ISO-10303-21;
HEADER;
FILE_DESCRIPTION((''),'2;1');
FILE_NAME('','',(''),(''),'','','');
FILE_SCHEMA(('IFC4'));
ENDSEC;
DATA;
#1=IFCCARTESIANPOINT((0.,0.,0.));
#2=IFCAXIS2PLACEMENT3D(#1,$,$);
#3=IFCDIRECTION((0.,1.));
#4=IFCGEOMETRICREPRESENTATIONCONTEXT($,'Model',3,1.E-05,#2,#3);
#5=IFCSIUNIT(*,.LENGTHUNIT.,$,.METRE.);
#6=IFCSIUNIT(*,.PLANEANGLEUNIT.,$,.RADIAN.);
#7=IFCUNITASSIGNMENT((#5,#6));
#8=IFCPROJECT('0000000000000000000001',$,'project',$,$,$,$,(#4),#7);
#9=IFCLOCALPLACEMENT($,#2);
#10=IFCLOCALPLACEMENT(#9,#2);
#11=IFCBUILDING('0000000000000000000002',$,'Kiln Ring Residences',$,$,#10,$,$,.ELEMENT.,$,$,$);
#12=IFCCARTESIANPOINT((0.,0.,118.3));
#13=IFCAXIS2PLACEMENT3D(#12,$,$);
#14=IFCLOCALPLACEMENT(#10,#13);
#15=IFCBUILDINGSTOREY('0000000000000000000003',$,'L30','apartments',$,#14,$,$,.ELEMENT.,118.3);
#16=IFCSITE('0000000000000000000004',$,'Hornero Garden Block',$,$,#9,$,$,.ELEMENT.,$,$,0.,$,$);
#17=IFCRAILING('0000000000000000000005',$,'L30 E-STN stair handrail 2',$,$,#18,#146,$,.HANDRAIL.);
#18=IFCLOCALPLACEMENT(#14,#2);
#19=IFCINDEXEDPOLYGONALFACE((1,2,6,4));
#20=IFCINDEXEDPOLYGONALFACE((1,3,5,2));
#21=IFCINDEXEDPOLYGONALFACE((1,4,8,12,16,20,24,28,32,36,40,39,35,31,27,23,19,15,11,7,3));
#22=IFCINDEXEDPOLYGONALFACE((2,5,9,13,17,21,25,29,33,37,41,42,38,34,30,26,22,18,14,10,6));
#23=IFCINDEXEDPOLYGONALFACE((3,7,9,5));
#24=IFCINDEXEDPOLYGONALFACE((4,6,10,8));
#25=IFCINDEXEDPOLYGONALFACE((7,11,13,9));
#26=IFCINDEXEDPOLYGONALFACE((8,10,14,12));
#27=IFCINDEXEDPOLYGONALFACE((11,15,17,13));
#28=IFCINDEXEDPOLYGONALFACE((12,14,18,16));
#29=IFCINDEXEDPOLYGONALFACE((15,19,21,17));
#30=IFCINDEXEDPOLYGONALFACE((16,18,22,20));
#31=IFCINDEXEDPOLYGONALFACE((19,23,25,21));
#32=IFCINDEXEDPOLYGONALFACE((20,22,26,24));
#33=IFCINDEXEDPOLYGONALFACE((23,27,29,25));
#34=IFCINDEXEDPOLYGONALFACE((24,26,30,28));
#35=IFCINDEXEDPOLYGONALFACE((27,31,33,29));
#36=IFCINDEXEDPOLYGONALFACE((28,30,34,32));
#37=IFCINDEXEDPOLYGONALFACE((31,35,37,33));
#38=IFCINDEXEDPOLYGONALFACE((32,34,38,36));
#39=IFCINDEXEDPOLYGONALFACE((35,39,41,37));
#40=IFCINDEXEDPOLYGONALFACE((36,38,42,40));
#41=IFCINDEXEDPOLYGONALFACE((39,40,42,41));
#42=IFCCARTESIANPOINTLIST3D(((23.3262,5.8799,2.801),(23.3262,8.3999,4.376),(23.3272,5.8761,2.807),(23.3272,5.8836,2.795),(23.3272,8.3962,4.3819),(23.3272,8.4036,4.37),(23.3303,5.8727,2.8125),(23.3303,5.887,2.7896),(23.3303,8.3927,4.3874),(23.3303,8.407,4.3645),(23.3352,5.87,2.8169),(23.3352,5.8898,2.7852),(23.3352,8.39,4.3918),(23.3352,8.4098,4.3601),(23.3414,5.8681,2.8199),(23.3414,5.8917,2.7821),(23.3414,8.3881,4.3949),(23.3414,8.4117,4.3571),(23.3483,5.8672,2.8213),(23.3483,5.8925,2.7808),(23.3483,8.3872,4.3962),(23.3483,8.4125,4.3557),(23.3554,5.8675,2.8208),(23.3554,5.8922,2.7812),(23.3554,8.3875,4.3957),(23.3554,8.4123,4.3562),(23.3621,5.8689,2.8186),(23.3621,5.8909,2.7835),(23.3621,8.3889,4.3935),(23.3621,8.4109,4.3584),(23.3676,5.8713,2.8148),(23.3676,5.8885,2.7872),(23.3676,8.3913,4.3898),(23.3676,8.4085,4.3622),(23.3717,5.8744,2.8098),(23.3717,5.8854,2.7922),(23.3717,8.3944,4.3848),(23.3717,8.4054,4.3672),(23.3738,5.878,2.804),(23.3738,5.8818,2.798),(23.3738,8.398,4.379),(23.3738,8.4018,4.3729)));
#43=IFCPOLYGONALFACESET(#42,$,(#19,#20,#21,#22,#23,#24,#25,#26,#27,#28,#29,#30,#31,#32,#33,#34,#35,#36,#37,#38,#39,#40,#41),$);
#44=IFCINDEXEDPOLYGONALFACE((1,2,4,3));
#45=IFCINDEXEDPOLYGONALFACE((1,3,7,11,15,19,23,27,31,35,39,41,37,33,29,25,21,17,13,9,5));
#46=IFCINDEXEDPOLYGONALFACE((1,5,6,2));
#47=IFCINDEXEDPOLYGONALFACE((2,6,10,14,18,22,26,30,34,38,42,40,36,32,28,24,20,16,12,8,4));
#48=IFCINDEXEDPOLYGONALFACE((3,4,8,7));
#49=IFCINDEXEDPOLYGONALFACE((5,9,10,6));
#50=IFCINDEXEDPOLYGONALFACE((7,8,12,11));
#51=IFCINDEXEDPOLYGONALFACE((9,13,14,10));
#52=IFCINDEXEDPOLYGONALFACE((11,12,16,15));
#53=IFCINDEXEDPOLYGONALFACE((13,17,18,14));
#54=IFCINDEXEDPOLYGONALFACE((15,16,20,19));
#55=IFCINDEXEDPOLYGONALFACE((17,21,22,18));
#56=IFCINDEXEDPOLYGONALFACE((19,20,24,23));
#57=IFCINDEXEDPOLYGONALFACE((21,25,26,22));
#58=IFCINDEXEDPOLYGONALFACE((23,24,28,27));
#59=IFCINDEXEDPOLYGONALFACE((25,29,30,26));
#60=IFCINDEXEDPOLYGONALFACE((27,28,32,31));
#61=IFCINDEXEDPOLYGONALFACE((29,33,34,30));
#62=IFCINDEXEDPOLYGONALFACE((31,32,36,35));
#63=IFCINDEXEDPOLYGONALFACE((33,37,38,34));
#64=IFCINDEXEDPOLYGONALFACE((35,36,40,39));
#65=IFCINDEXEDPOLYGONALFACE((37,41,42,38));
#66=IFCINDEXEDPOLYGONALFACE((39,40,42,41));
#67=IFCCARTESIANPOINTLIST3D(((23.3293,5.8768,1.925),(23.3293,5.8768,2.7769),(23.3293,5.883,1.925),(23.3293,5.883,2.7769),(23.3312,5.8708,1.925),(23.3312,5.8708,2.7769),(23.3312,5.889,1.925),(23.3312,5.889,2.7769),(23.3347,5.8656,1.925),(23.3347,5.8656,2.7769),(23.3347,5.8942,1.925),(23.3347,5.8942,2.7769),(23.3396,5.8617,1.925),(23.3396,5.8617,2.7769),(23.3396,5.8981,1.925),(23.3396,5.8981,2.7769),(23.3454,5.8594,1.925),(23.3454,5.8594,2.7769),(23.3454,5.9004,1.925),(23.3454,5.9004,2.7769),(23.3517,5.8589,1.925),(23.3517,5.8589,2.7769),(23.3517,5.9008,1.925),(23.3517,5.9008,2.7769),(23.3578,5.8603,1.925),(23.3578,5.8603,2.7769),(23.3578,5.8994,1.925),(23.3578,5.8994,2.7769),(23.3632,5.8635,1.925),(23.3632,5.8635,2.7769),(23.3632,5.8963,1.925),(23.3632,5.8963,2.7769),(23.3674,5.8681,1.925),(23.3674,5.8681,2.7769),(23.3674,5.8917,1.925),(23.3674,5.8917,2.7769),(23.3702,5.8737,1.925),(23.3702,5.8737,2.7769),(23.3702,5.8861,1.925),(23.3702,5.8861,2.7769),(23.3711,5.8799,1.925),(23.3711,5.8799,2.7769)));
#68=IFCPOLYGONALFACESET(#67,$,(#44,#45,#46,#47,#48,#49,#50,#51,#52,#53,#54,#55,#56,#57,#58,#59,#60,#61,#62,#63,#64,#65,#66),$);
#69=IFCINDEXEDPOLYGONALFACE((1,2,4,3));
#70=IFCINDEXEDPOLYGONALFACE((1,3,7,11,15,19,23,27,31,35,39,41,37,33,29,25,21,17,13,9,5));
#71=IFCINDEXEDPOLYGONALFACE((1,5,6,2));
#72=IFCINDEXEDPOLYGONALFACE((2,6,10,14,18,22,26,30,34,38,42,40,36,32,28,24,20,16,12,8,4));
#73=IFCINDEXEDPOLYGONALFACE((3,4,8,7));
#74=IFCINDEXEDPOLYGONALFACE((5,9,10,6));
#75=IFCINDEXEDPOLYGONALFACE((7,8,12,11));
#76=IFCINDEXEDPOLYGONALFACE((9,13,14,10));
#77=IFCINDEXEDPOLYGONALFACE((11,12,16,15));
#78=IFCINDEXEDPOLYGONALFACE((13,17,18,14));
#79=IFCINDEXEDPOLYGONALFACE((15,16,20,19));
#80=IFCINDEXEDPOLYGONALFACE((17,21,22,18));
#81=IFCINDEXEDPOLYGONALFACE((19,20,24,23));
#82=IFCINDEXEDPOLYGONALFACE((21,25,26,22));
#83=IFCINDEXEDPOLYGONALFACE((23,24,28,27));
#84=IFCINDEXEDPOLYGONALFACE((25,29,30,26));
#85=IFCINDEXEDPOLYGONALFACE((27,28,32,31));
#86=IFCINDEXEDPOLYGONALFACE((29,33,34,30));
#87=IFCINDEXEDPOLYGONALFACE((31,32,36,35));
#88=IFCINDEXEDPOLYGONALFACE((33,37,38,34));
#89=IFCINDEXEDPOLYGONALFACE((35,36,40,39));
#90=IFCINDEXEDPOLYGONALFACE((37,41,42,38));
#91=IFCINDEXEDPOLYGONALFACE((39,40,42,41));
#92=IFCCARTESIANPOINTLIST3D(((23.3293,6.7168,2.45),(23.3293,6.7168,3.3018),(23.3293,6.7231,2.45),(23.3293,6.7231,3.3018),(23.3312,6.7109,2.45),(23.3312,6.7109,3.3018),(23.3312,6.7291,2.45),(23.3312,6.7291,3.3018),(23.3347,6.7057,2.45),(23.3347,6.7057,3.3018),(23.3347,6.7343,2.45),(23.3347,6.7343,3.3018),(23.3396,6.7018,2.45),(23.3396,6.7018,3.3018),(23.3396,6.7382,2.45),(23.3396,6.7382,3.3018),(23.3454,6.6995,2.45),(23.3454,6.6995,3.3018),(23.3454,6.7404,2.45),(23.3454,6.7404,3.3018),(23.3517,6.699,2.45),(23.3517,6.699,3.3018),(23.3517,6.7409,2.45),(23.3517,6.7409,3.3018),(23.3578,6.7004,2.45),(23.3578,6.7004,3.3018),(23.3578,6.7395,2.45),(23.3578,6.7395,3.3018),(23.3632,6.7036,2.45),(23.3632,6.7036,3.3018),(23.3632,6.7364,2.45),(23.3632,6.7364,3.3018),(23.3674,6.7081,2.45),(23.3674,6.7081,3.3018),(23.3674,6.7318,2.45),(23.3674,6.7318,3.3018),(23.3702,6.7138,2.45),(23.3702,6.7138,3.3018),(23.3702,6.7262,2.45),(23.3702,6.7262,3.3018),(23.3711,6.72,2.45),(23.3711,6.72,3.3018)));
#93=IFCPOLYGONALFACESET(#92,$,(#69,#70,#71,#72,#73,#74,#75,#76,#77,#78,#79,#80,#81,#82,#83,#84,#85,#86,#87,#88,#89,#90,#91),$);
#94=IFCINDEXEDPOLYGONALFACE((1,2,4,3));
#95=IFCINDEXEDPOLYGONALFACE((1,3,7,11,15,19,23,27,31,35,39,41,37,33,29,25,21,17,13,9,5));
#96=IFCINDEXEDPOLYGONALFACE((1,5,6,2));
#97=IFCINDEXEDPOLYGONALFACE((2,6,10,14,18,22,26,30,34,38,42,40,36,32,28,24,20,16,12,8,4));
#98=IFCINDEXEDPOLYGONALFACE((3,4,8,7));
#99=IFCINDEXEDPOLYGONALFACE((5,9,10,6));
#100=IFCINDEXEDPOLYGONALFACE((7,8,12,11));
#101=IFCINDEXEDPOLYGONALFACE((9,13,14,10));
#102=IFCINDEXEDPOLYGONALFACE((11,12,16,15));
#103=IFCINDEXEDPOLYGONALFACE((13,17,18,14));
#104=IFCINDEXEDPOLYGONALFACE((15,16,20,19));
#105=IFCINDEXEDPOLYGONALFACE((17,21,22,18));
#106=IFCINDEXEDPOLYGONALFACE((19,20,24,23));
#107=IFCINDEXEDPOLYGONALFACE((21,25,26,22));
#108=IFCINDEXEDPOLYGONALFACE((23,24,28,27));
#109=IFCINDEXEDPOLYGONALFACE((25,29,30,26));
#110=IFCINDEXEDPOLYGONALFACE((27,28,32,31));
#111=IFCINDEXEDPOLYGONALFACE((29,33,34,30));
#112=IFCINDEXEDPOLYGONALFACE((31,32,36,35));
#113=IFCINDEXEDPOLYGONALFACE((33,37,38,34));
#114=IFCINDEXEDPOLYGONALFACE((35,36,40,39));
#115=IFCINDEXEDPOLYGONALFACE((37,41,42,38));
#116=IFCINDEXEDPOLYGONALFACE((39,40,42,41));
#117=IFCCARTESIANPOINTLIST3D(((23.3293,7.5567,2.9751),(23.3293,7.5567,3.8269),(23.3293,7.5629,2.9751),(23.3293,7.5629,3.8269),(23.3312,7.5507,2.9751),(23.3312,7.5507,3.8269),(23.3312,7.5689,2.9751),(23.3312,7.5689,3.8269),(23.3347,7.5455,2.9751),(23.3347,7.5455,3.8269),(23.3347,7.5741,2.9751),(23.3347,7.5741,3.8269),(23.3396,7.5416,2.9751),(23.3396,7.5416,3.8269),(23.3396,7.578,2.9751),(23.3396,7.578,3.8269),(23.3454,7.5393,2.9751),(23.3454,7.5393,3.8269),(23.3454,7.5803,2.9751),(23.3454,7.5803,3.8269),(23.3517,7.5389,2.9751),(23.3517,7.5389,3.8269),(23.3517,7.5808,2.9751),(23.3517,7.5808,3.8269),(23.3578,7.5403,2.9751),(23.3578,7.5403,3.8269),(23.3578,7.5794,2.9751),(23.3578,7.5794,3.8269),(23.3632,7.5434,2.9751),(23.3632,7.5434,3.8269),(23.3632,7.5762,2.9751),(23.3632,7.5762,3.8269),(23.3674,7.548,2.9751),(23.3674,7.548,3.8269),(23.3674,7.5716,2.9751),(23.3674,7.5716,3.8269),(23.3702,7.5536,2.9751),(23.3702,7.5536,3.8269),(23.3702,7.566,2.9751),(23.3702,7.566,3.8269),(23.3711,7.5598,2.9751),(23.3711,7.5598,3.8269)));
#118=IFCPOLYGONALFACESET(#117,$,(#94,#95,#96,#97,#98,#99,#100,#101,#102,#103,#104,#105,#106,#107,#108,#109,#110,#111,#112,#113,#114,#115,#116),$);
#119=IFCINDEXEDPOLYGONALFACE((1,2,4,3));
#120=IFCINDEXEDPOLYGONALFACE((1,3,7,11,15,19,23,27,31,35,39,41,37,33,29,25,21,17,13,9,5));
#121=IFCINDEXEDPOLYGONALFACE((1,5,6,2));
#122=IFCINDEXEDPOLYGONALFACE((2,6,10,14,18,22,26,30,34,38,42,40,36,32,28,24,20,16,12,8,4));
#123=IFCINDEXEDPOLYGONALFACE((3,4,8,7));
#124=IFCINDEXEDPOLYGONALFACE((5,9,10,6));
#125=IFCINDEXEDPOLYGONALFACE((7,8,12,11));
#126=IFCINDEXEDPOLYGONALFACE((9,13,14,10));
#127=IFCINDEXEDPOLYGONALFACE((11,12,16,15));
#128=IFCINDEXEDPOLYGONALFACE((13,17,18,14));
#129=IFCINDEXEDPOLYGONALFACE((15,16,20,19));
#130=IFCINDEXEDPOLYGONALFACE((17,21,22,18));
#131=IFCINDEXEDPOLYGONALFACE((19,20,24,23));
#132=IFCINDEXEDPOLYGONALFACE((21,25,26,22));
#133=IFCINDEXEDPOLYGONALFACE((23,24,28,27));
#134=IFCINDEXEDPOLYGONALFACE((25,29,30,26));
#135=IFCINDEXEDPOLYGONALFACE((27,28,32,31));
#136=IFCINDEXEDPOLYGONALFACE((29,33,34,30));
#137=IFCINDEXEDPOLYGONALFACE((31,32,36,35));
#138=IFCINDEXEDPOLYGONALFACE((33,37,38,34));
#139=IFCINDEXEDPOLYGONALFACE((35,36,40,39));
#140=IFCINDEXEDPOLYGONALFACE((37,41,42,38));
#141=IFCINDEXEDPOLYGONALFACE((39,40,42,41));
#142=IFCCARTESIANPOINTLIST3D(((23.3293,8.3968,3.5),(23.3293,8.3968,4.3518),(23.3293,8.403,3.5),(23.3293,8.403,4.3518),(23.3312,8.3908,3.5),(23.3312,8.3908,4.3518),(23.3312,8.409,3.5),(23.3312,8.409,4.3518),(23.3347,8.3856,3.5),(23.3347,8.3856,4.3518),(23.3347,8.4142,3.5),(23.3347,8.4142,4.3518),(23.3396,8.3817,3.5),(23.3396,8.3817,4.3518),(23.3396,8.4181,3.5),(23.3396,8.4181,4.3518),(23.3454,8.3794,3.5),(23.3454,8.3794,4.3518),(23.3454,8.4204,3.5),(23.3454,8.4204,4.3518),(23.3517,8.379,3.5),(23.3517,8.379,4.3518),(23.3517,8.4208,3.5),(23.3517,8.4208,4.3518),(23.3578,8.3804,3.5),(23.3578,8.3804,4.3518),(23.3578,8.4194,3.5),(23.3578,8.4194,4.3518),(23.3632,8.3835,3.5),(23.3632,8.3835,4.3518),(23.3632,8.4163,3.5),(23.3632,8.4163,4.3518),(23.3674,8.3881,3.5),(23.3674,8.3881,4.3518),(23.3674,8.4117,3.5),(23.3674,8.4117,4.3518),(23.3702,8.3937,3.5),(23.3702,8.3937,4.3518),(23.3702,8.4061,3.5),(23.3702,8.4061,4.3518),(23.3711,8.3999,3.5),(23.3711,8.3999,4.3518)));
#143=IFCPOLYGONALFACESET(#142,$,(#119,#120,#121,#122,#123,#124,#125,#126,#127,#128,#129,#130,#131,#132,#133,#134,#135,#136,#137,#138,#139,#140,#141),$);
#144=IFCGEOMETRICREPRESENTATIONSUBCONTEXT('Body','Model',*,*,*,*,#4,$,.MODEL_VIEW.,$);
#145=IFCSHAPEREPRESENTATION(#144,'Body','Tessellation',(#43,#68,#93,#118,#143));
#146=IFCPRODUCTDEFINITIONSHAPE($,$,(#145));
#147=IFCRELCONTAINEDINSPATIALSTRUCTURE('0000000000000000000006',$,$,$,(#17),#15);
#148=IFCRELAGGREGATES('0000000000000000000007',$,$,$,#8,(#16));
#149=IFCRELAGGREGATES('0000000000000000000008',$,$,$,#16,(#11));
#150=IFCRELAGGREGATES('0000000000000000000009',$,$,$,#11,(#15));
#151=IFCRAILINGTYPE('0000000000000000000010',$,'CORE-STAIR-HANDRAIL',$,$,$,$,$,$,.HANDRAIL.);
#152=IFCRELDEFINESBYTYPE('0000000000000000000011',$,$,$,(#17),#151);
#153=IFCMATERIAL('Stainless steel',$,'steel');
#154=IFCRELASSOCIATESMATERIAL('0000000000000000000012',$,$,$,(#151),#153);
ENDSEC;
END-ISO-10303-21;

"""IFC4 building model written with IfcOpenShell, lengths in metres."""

from ifc_helpers import new_model, si_unit, direction, frame, origin, origin_2d, place, context, subcontext, project, spatial, circle, extrude, material, type_object, element, save


model = new_model("IFC4")

# Units and contexts
model_context = context("Model", 3, precision=1e-05, world=origin(), true_north=direction((0.0, 1.0)))
body_context = subcontext(model_context, "Body", "Model", "MODEL_VIEW")
ifc_project = project(units=[si_unit("LENGTHUNIT", "METRE"), si_unit("PLANEANGLEUNIT", "RADIAN")], contexts=[model_context])

# Site, building, storey
site_placement = place(None, origin())
site = spatial("IfcSite", under=ifc_project, at=site_placement, Name="Hornero Garden Block", CompositionType="ELEMENT", RefElevation=0.0)
building_placement = place(site_placement, origin())
building = spatial("IfcBuilding", under=site, at=building_placement, Name="Kiln Ring Residences", CompositionType="ELEMENT")
storey_placement = place(building_placement, frame((0.0, 0.0, 118.3)))
storey = spatial("IfcBuildingStorey", under=building, at=storey_placement, Name="L30", Description="apartments", CompositionType="ELEMENT", Elevation=118.3)

# Railing
ifc_material_1 = material(Name="Stainless steel", Category="steel")
railing_type_1 = type_object("IfcRailingType", Name="CORE-STAIR-HANDRAIL", PredefinedType="HANDRAIL", material=ifc_material_1)
railing_1_placement = place(storey_placement, frame((23.3501, 5.8799, 1.925)))
element("IfcRailing", 1, at=railing_1_placement, inside=storey, type_object=railing_type_1, Name="L30 E-STN stair handrail 2", PredefinedType="HANDRAIL", context=body_context, shape_type="SweptSolid", body=[
    extrude(circle(Radius=0.0239, at=origin_2d()), frame((0.0, 0.0, 0.876), z_axis=(0.0, 0.848008, 0.529984), x_axis=(-1.0, 0.0, 0.0)), (0.0, 0.0, 1.0), 2.9717),
    extrude(circle(Radius=0.021, at=origin_2d()), origin(), (0.0, 0.0, 1.0), 0.8518),
    extrude(circle(Radius=0.021, at=origin_2d()), frame((0.0, 0.8401, 0.5249)), (0.0, 0.0, 1.0), 0.8518),
    extrude(circle(Radius=0.021, at=origin_2d()), frame((0.0, 1.6799, 1.05)), (0.0, 0.0, 1.0), 0.8518),
    extrude(circle(Radius=0.021, at=origin_2d()), frame((0.0, 2.52, 1.575)), (0.0, 0.0, 1.0), 0.8518),
])

save(model, "model.ifc")
